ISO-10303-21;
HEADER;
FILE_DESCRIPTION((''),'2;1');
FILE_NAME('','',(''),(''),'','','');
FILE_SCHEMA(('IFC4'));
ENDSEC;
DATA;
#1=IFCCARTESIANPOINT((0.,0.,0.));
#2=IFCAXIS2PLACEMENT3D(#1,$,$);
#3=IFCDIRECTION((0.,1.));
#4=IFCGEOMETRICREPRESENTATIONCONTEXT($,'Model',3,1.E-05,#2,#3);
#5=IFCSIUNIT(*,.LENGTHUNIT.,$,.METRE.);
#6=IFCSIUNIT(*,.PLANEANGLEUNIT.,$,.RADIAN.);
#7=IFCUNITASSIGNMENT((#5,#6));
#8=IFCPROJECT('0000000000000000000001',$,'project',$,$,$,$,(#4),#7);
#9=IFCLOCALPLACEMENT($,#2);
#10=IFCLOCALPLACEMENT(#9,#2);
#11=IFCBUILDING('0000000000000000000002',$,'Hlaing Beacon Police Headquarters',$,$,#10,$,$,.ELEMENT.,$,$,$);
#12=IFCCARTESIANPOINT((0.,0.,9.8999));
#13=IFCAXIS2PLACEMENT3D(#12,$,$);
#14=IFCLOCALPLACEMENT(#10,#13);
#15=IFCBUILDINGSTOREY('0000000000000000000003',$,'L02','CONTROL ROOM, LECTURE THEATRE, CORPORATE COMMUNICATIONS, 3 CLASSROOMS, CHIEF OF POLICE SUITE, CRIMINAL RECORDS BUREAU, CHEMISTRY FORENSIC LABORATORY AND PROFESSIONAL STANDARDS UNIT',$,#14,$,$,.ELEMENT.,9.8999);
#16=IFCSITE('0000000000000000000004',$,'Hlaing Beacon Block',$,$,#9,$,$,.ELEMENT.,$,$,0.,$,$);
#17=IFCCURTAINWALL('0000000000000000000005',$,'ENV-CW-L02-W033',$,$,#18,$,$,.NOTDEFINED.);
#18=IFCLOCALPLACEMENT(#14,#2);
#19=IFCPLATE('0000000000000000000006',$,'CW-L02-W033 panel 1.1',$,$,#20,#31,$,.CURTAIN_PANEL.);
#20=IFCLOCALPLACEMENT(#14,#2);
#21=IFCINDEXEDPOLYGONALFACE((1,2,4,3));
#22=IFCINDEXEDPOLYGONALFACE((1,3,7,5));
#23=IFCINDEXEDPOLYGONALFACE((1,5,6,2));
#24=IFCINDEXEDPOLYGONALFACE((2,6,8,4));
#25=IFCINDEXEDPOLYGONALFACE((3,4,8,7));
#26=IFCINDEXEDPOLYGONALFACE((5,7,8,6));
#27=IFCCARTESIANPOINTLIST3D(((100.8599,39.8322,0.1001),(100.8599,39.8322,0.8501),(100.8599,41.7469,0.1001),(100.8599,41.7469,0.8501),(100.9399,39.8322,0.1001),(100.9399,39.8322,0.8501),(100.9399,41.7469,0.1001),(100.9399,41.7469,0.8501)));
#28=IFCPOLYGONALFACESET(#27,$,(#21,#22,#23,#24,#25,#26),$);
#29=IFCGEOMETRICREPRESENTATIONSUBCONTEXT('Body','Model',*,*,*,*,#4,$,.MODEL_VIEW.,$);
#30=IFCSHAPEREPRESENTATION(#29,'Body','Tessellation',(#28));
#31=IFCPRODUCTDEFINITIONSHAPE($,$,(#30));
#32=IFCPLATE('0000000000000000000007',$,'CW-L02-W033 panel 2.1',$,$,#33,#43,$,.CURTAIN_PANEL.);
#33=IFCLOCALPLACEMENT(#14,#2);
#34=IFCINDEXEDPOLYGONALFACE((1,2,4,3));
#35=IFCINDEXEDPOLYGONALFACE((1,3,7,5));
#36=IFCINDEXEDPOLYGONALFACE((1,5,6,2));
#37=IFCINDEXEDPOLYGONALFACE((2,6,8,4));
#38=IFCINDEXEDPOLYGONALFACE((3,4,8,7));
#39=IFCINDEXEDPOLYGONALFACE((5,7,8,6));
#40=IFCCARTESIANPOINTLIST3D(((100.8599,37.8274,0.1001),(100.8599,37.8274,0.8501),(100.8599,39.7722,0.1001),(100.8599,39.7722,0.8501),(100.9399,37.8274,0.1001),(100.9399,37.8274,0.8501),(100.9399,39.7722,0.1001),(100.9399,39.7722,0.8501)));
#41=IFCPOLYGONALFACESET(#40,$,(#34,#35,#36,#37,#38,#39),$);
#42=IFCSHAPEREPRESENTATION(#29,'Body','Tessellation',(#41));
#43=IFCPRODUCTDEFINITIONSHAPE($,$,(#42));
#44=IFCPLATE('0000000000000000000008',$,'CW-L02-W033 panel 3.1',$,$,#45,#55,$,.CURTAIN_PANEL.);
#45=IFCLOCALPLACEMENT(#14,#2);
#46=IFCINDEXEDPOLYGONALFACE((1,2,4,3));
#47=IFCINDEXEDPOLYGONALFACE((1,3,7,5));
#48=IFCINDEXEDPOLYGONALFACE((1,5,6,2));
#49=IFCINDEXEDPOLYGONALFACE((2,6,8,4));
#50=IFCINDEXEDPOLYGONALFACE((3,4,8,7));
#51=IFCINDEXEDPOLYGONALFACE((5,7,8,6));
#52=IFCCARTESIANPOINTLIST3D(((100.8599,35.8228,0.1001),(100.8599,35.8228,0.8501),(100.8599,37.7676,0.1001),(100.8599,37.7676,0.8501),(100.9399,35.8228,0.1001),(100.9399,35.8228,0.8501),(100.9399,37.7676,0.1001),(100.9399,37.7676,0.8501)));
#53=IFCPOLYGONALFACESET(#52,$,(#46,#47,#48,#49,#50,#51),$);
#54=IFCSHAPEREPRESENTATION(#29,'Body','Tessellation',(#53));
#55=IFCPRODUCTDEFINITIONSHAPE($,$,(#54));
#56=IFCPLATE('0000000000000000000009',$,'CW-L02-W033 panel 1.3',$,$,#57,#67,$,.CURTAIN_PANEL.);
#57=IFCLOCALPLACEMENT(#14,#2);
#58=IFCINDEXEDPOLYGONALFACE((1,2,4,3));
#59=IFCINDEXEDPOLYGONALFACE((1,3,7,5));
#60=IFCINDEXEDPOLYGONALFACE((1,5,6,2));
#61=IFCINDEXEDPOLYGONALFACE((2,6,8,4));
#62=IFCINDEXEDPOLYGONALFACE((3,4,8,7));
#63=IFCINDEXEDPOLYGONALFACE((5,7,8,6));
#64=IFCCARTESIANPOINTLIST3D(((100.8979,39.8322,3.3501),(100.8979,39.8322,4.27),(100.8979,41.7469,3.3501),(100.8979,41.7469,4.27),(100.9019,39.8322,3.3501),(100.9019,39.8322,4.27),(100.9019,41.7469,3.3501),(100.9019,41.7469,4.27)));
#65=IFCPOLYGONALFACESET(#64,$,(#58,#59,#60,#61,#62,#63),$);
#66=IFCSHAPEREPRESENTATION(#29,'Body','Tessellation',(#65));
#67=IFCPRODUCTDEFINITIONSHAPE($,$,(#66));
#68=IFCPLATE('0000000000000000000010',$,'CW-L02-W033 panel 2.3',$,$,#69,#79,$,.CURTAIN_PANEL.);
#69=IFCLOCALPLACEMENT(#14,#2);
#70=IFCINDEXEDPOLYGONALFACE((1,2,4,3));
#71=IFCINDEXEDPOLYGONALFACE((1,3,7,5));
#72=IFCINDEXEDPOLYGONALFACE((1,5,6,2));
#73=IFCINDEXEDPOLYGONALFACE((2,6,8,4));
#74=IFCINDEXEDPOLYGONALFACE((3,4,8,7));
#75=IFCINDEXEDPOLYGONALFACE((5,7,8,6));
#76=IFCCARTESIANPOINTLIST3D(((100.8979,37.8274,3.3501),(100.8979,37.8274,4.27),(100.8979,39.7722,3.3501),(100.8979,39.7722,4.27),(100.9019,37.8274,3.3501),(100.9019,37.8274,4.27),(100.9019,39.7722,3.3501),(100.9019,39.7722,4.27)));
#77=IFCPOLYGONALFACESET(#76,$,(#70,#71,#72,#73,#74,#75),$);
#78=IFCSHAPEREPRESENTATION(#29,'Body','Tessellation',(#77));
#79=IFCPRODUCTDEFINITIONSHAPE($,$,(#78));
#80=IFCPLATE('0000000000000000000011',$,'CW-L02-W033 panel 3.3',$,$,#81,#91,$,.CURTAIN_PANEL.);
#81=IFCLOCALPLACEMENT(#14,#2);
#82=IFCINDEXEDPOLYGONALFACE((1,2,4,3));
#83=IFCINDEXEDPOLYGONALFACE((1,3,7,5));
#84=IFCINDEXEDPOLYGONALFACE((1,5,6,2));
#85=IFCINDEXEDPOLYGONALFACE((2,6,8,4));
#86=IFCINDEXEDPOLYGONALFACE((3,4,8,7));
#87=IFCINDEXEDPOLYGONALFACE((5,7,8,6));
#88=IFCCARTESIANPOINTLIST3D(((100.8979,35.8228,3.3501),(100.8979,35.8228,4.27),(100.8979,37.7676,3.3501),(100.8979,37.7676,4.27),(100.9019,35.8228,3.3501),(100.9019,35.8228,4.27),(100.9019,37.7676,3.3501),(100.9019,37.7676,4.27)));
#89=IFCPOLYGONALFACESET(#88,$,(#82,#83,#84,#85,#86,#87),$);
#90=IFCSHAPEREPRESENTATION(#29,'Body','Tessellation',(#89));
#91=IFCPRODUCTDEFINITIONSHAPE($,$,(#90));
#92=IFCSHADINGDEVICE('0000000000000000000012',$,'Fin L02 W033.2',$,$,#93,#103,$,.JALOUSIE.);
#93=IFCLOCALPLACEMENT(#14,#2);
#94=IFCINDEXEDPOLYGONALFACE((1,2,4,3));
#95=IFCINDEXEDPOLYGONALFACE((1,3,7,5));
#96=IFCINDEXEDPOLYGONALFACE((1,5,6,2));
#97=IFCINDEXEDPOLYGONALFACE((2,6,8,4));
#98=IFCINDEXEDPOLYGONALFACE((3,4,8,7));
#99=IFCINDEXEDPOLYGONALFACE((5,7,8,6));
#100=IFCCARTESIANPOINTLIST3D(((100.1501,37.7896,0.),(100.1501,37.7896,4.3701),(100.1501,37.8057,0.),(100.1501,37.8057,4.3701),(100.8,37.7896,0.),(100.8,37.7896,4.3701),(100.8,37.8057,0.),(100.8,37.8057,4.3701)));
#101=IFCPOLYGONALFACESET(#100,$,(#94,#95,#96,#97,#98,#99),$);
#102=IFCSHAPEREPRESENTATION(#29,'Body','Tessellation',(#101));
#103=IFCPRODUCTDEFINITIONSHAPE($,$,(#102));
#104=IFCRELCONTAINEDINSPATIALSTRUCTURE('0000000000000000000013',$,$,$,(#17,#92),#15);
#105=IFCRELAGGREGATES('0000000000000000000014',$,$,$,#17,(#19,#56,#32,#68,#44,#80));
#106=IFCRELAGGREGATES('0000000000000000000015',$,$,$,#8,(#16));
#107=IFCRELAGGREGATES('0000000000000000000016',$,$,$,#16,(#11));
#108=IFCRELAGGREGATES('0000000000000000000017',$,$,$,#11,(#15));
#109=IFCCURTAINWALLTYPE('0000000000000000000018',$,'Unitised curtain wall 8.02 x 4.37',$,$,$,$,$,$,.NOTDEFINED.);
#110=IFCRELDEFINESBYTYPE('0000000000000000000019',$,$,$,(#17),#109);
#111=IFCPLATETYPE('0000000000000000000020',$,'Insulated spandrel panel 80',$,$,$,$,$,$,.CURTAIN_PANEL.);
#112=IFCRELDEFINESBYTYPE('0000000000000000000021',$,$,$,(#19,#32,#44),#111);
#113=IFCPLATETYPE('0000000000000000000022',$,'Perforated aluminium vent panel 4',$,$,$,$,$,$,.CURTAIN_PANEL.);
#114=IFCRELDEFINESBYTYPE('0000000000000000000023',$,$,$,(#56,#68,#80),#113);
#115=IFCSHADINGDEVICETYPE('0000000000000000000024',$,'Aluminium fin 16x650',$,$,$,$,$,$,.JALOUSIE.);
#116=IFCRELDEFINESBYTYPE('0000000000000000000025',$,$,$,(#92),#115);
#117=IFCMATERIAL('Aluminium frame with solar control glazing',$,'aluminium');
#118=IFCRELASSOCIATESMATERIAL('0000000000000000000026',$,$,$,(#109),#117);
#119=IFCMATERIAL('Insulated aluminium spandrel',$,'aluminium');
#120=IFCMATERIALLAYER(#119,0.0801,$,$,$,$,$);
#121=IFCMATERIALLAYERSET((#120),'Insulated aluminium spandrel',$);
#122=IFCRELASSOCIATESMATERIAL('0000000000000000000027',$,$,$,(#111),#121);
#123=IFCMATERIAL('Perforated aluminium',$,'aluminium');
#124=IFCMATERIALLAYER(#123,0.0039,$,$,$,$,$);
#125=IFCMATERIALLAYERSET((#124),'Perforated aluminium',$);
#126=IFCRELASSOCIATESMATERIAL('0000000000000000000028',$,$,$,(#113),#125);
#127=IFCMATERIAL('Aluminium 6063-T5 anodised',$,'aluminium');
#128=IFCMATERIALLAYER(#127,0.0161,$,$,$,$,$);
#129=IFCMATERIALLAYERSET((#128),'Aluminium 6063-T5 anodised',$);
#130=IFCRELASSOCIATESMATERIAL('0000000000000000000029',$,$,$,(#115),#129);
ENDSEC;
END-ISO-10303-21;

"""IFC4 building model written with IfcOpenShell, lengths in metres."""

from ifc_helpers import new_model, si_unit, direction, frame, origin, origin_2d, place, context, subcontext, project, spatial, rectangle, extrude, material, layer, layer_set, type_object, element, aggregate, save


model = new_model("IFC4")

# Units and contexts
model_context = context("Model", 3, precision=1e-05, world=origin(), true_north=direction((0.0, 1.0)))
body_context = subcontext(model_context, "Body", "Model", "MODEL_VIEW")
ifc_project = project(units=[si_unit("LENGTHUNIT", "METRE"), si_unit("PLANEANGLEUNIT", "RADIAN")], contexts=[model_context])

# Site, building, storey
site_placement = place(None, origin())
site = spatial("IfcSite", under=ifc_project, at=site_placement, Name="Hlaing Beacon Block", CompositionType="ELEMENT", RefElevation=0.0)
building_placement = place(site_placement, origin())
building = spatial("IfcBuilding", under=site, at=building_placement, Name="Hlaing Beacon Police Headquarters", CompositionType="ELEMENT")
storey_placement = place(building_placement, frame((0.0, 0.0, 9.8999)))
storey = spatial("IfcBuildingStorey", under=building, at=storey_placement, Name="L02", Description="CONTROL ROOM, LECTURE THEATRE, CORPORATE COMMUNICATIONS, 3 CLASSROOMS, CHIEF OF POLICE SUITE, CRIMINAL RECORDS BUREAU, CHEMISTRY FORENSIC LABORATORY AND PROFESSIONAL STANDARDS UNIT", CompositionType="ELEMENT", Elevation=9.8999)

# Curtain wall, plates
ifc_material_1 = material(Name="Aluminium frame with solar control glazing", Category="aluminium")
curtain_wall_type = type_object("IfcCurtainWallType", Name="Unitised curtain wall 8.02 x 4.37", PredefinedType="NOTDEFINED", material=ifc_material_1)
curtain_wall_placement = place(storey_placement, origin())
curtain_wall = element("IfcCurtainWall", 1, at=curtain_wall_placement, inside=storey, type_object=curtain_wall_type, Name="ENV-CW-L02-W033", PredefinedType="NOTDEFINED")
ifc_material_2 = material(Name="Insulated aluminium spandrel", Category="aluminium")
ifc_layer_1 = layer(ifc_material_2, 0.0801)
ifc_layer_set_1 = layer_set([ifc_layer_1], Name="Insulated aluminium spandrel")
plate_type_1 = type_object("IfcPlateType", Name="Insulated spandrel panel 80", PredefinedType="CURTAIN_PANEL", material=ifc_layer_set_1)
plate_1_placement = place(storey_placement, frame((100.8999, 40.7896, 0.1001), z_axis=(0.0, 0.0, 1.0), x_axis=(0.0, -1.0, 0.0)))
plate_1 = element("IfcPlate", 2, at=plate_1_placement, type_object=plate_type_1, Name="CW-L02-W033 panel 1.1", PredefinedType="CURTAIN_PANEL", context=body_context, shape_type="SweptSolid", body=[
    extrude(rectangle(XDim=1.9148, YDim=0.0801, at=origin_2d()), origin(), (0.0, 0.0, 1.0), 0.75),
])
plate_2_placement = place(storey_placement, frame((100.8999, 38.7998, 0.1001), z_axis=(0.0, 0.0, 1.0), x_axis=(0.0, -1.0, 0.0)))
plate_2 = element("IfcPlate", 3, at=plate_2_placement, type_object=plate_type_1, Name="CW-L02-W033 panel 2.1", PredefinedType="CURTAIN_PANEL", context=body_context, shape_type="SweptSolid", body=[
    extrude(rectangle(XDim=1.9448, YDim=0.0801, at=origin_2d()), origin(), (0.0, 0.0, 1.0), 0.75),
])
plate_3_placement = place(storey_placement, frame((100.8999, 36.7952, 0.1001), z_axis=(0.0, 0.0, 1.0), x_axis=(0.0, -1.0, 0.0)))
plate_3 = element("IfcPlate", 4, at=plate_3_placement, type_object=plate_type_1, Name="CW-L02-W033 panel 3.1", PredefinedType="CURTAIN_PANEL", context=body_context, shape_type="SweptSolid", body=[
    extrude(rectangle(XDim=1.9448, YDim=0.0801, at=origin_2d()), origin(), (0.0, 0.0, 1.0), 0.75),
])
ifc_material_3 = material(Name="Perforated aluminium", Category="aluminium")
ifc_layer_2 = layer(ifc_material_3, 0.0039)
ifc_layer_set_2 = layer_set([ifc_layer_2], Name="Perforated aluminium")
plate_type_2 = type_object("IfcPlateType", Name="Perforated aluminium vent panel 4", PredefinedType="CURTAIN_PANEL", material=ifc_layer_set_2)
plate_4_placement = place(storey_placement, frame((100.8999, 40.7896, 3.3501), z_axis=(0.0, 0.0, 1.0), x_axis=(0.0, -1.0, 0.0)))
plate_4 = element("IfcPlate", 5, at=plate_4_placement, type_object=plate_type_2, Name="CW-L02-W033 panel 1.3", PredefinedType="CURTAIN_PANEL", context=body_context, shape_type="SweptSolid", body=[
    extrude(rectangle(XDim=1.9148, YDim=0.0039, at=origin_2d()), origin(), (0.0, 0.0, 1.0), 0.9199),
])
plate_5_placement = place(storey_placement, frame((100.8999, 38.7998, 3.3501), z_axis=(0.0, 0.0, 1.0), x_axis=(0.0, -1.0, 0.0)))
plate_5 = element("IfcPlate", 6, at=plate_5_placement, type_object=plate_type_2, Name="CW-L02-W033 panel 2.3", PredefinedType="CURTAIN_PANEL", context=body_context, shape_type="SweptSolid", body=[
    extrude(rectangle(XDim=1.9448, YDim=0.0039, at=origin_2d()), origin(), (0.0, 0.0, 1.0), 0.9199),
])
plate_6_placement = place(storey_placement, frame((100.8999, 36.7952, 3.3501), z_axis=(0.0, 0.0, 1.0), x_axis=(0.0, -1.0, 0.0)))
plate_6 = element("IfcPlate", 7, at=plate_6_placement, type_object=plate_type_2, Name="CW-L02-W033 panel 3.3", PredefinedType="CURTAIN_PANEL", context=body_context, shape_type="SweptSolid", body=[
    extrude(rectangle(XDim=1.9448, YDim=0.0039, at=origin_2d()), origin(), (0.0, 0.0, 1.0), 0.9199),
])
aggregate(curtain_wall, [plate_1, plate_4, plate_2, plate_5, plate_3, plate_6])

# Shading device
ifc_material_4 = material(Name="Aluminium 6063-T5 anodised", Category="aluminium")
ifc_layer_3 = layer(ifc_material_4, 0.0161)
ifc_layer_set_3 = layer_set([ifc_layer_3], Name="Aluminium 6063-T5 anodised")
shading_device_type = type_object("IfcShadingDeviceType", Name="Aluminium fin 16x650", PredefinedType="JALOUSIE", material=ifc_layer_set_3)
shading_device_placement = place(storey_placement, frame((100.4751, 37.7976, 0.0), z_axis=(0.0, 0.0, 1.0), x_axis=(0.0, -1.0, 0.0)))
element("IfcShadingDevice", 8, at=shading_device_placement, inside=storey, type_object=shading_device_type, Name="Fin L02 W033.2", PredefinedType="JALOUSIE", context=body_context, shape_type="SweptSolid", body=[
    extrude(rectangle(XDim=0.0161, YDim=0.6499, at=origin_2d()), origin(), (0.0, 0.0, 1.0), 4.3701),
])

save(model, "model.ifc")
